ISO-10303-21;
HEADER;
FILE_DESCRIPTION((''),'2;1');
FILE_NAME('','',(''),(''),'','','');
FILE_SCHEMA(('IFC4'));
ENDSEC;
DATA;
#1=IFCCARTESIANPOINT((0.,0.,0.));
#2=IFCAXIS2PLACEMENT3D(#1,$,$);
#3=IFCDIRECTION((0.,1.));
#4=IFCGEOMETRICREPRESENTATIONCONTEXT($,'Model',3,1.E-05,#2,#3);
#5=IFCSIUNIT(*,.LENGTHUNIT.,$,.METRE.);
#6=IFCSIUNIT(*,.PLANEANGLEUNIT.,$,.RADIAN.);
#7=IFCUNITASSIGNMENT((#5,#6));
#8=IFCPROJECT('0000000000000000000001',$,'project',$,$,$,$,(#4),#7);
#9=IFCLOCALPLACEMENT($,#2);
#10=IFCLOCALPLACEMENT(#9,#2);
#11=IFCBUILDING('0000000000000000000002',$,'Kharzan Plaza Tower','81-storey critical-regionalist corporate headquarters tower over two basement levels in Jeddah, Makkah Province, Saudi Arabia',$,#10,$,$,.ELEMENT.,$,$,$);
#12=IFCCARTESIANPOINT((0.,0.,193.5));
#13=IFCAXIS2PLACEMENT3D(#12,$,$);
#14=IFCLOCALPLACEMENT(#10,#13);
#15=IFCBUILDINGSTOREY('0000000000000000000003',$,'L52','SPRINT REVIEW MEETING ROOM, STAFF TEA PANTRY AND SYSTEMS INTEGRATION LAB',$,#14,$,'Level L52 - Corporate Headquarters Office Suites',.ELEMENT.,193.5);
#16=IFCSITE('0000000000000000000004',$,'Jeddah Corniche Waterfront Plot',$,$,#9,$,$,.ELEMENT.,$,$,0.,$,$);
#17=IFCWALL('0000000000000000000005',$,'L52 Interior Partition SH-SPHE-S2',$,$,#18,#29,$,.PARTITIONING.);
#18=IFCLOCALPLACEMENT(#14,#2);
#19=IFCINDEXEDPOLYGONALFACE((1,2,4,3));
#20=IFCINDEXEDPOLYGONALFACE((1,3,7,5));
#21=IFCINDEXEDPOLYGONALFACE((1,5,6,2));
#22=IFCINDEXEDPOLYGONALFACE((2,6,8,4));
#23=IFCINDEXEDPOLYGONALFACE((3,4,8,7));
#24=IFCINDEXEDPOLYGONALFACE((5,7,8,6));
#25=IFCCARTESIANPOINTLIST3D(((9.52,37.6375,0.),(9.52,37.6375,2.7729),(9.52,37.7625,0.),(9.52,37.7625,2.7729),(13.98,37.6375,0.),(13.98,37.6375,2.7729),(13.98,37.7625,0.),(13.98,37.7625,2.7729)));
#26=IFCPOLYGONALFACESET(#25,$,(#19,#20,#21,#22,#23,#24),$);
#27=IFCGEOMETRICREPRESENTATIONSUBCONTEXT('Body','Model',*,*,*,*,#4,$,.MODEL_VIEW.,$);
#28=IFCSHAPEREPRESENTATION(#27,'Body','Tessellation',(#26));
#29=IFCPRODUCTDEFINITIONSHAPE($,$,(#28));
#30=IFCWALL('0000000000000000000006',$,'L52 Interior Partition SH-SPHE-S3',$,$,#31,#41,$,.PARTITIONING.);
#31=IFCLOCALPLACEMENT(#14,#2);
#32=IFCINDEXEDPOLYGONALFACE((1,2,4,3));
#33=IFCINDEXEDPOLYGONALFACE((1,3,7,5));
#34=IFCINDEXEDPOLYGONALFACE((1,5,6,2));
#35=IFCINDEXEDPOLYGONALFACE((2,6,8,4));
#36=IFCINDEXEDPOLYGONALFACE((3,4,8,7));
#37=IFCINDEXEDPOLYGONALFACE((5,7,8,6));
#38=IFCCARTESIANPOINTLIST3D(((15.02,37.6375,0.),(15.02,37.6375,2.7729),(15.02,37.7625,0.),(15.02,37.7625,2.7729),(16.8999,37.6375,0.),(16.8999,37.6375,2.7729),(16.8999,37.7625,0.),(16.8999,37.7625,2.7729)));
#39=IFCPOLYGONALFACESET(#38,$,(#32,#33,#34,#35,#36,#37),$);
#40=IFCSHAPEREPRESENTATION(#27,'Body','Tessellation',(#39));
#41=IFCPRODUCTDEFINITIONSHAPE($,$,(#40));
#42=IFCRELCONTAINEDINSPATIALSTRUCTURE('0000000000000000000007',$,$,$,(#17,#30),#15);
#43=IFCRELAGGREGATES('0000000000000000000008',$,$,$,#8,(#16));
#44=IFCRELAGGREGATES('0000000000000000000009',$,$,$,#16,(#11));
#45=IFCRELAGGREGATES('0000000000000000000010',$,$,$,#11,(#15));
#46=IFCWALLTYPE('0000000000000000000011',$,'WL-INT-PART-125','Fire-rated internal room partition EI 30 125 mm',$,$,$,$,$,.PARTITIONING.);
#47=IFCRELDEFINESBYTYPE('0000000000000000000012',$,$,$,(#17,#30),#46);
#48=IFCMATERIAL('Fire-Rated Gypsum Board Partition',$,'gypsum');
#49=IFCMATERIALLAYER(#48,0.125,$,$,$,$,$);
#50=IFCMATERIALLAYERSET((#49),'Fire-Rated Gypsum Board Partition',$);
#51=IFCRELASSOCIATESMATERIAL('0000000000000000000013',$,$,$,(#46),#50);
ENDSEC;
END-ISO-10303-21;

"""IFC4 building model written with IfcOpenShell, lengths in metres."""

from ifc_helpers import new_model, si_unit, direction, frame, frame_2d, origin, place, context, subcontext, project, spatial, rectangle, extrude, source, transform, mapped, material, layer, layer_set, type_object, element, save


model = new_model("IFC4")

# Units and contexts
model_context = context("Model", 3, precision=1e-05, world=origin(), true_north=direction((0.0, 1.0)))
body_context = subcontext(model_context, "Body", "Model", "MODEL_VIEW")
ifc_project = project(units=[si_unit("LENGTHUNIT", "METRE"), si_unit("PLANEANGLEUNIT", "RADIAN")], contexts=[model_context])

# Site, building, storey
site_placement = place(None, origin())
site = spatial("IfcSite", under=ifc_project, at=site_placement, Name="Jeddah Corniche Waterfront Plot", CompositionType="ELEMENT", RefElevation=0.0)
building_placement = place(site_placement, origin())
building = spatial("IfcBuilding", under=site, at=building_placement, Name="Kharzan Plaza Tower", Description="81-storey critical-regionalist corporate headquarters tower over two basement levels in Jeddah, Makkah Province, Saudi Arabia", CompositionType="ELEMENT")
storey_placement = place(building_placement, frame((0.0, 0.0, 193.5)))
storey = spatial("IfcBuildingStorey", under=building, at=storey_placement, Name="L52", Description="SPRINT REVIEW MEETING ROOM, STAFF TEA PANTRY AND SYSTEMS INTEGRATION LAB", LongName="Level L52 - Corporate Headquarters Office Suites", CompositionType="ELEMENT", Elevation=193.5)

# Shared definitions
ifc_material_1 = material(Name="Fire-Rated Gypsum Board Partition", Category="gypsum")
ifc_layer_1 = layer(ifc_material_1, 0.125)
ifc_layer_set_1 = layer_set([ifc_layer_1], Name="Fire-Rated Gypsum Board Partition")
wall_type_1 = type_object("IfcWallType", Name="WL-INT-PART-125", Description="Fire-rated internal room partition EI 30 125 mm", PredefinedType="PARTITIONING", material=ifc_layer_set_1)

# Walls
shared_shape_1 = source(origin(), body_context, "Body", "SweptSolid", [
    extrude(rectangle(XDim=4.46, YDim=0.125, at=frame_2d((2.23, 0.0))), origin(), (0.0, 0.0, 1.0), 2.7729),
])
wall_1_placement = place(storey_placement, frame((9.52, 37.7, 0.0), z_axis=(0.0, 0.0, 1.0), x_axis=(1.0, 0.0, 0.0)))
element("IfcWall", 1, at=wall_1_placement, inside=storey, type_object=wall_type_1, Name="L52 Interior Partition SH-SPHE-S2", PredefinedType="PARTITIONING", context=body_context, shape_type="MappedRepresentation", body=[
    mapped(shared_shape_1, transform((0.0, 0.0, 0.0), x_axis=(1.0, 0.0, 0.0), y_axis=(0.0, 1.0, 0.0), z_axis=(0.0, 0.0, 1.0))),
])
shared_shape_2 = source(origin(), body_context, "Body", "SweptSolid", [
    extrude(rectangle(XDim=1.8799, YDim=0.125, at=frame_2d((0.9399, 0.0))), origin(), (0.0, 0.0, 1.0), 2.7729),
])
wall_2_placement = place(storey_placement, frame((15.02, 37.7, 0.0), z_axis=(0.0, 0.0, 1.0), x_axis=(1.0, 0.0, 0.0)))
element("IfcWall", 2, at=wall_2_placement, inside=storey, type_object=wall_type_1, Name="L52 Interior Partition SH-SPHE-S3", PredefinedType="PARTITIONING", context=body_context, shape_type="MappedRepresentation", body=[
    mapped(shared_shape_2, transform((0.0, 0.0, 0.0), x_axis=(1.0, 0.0, 0.0), y_axis=(0.0, 1.0, 0.0), z_axis=(0.0, 0.0, 1.0))),
])

save(model, "model.ifc")
